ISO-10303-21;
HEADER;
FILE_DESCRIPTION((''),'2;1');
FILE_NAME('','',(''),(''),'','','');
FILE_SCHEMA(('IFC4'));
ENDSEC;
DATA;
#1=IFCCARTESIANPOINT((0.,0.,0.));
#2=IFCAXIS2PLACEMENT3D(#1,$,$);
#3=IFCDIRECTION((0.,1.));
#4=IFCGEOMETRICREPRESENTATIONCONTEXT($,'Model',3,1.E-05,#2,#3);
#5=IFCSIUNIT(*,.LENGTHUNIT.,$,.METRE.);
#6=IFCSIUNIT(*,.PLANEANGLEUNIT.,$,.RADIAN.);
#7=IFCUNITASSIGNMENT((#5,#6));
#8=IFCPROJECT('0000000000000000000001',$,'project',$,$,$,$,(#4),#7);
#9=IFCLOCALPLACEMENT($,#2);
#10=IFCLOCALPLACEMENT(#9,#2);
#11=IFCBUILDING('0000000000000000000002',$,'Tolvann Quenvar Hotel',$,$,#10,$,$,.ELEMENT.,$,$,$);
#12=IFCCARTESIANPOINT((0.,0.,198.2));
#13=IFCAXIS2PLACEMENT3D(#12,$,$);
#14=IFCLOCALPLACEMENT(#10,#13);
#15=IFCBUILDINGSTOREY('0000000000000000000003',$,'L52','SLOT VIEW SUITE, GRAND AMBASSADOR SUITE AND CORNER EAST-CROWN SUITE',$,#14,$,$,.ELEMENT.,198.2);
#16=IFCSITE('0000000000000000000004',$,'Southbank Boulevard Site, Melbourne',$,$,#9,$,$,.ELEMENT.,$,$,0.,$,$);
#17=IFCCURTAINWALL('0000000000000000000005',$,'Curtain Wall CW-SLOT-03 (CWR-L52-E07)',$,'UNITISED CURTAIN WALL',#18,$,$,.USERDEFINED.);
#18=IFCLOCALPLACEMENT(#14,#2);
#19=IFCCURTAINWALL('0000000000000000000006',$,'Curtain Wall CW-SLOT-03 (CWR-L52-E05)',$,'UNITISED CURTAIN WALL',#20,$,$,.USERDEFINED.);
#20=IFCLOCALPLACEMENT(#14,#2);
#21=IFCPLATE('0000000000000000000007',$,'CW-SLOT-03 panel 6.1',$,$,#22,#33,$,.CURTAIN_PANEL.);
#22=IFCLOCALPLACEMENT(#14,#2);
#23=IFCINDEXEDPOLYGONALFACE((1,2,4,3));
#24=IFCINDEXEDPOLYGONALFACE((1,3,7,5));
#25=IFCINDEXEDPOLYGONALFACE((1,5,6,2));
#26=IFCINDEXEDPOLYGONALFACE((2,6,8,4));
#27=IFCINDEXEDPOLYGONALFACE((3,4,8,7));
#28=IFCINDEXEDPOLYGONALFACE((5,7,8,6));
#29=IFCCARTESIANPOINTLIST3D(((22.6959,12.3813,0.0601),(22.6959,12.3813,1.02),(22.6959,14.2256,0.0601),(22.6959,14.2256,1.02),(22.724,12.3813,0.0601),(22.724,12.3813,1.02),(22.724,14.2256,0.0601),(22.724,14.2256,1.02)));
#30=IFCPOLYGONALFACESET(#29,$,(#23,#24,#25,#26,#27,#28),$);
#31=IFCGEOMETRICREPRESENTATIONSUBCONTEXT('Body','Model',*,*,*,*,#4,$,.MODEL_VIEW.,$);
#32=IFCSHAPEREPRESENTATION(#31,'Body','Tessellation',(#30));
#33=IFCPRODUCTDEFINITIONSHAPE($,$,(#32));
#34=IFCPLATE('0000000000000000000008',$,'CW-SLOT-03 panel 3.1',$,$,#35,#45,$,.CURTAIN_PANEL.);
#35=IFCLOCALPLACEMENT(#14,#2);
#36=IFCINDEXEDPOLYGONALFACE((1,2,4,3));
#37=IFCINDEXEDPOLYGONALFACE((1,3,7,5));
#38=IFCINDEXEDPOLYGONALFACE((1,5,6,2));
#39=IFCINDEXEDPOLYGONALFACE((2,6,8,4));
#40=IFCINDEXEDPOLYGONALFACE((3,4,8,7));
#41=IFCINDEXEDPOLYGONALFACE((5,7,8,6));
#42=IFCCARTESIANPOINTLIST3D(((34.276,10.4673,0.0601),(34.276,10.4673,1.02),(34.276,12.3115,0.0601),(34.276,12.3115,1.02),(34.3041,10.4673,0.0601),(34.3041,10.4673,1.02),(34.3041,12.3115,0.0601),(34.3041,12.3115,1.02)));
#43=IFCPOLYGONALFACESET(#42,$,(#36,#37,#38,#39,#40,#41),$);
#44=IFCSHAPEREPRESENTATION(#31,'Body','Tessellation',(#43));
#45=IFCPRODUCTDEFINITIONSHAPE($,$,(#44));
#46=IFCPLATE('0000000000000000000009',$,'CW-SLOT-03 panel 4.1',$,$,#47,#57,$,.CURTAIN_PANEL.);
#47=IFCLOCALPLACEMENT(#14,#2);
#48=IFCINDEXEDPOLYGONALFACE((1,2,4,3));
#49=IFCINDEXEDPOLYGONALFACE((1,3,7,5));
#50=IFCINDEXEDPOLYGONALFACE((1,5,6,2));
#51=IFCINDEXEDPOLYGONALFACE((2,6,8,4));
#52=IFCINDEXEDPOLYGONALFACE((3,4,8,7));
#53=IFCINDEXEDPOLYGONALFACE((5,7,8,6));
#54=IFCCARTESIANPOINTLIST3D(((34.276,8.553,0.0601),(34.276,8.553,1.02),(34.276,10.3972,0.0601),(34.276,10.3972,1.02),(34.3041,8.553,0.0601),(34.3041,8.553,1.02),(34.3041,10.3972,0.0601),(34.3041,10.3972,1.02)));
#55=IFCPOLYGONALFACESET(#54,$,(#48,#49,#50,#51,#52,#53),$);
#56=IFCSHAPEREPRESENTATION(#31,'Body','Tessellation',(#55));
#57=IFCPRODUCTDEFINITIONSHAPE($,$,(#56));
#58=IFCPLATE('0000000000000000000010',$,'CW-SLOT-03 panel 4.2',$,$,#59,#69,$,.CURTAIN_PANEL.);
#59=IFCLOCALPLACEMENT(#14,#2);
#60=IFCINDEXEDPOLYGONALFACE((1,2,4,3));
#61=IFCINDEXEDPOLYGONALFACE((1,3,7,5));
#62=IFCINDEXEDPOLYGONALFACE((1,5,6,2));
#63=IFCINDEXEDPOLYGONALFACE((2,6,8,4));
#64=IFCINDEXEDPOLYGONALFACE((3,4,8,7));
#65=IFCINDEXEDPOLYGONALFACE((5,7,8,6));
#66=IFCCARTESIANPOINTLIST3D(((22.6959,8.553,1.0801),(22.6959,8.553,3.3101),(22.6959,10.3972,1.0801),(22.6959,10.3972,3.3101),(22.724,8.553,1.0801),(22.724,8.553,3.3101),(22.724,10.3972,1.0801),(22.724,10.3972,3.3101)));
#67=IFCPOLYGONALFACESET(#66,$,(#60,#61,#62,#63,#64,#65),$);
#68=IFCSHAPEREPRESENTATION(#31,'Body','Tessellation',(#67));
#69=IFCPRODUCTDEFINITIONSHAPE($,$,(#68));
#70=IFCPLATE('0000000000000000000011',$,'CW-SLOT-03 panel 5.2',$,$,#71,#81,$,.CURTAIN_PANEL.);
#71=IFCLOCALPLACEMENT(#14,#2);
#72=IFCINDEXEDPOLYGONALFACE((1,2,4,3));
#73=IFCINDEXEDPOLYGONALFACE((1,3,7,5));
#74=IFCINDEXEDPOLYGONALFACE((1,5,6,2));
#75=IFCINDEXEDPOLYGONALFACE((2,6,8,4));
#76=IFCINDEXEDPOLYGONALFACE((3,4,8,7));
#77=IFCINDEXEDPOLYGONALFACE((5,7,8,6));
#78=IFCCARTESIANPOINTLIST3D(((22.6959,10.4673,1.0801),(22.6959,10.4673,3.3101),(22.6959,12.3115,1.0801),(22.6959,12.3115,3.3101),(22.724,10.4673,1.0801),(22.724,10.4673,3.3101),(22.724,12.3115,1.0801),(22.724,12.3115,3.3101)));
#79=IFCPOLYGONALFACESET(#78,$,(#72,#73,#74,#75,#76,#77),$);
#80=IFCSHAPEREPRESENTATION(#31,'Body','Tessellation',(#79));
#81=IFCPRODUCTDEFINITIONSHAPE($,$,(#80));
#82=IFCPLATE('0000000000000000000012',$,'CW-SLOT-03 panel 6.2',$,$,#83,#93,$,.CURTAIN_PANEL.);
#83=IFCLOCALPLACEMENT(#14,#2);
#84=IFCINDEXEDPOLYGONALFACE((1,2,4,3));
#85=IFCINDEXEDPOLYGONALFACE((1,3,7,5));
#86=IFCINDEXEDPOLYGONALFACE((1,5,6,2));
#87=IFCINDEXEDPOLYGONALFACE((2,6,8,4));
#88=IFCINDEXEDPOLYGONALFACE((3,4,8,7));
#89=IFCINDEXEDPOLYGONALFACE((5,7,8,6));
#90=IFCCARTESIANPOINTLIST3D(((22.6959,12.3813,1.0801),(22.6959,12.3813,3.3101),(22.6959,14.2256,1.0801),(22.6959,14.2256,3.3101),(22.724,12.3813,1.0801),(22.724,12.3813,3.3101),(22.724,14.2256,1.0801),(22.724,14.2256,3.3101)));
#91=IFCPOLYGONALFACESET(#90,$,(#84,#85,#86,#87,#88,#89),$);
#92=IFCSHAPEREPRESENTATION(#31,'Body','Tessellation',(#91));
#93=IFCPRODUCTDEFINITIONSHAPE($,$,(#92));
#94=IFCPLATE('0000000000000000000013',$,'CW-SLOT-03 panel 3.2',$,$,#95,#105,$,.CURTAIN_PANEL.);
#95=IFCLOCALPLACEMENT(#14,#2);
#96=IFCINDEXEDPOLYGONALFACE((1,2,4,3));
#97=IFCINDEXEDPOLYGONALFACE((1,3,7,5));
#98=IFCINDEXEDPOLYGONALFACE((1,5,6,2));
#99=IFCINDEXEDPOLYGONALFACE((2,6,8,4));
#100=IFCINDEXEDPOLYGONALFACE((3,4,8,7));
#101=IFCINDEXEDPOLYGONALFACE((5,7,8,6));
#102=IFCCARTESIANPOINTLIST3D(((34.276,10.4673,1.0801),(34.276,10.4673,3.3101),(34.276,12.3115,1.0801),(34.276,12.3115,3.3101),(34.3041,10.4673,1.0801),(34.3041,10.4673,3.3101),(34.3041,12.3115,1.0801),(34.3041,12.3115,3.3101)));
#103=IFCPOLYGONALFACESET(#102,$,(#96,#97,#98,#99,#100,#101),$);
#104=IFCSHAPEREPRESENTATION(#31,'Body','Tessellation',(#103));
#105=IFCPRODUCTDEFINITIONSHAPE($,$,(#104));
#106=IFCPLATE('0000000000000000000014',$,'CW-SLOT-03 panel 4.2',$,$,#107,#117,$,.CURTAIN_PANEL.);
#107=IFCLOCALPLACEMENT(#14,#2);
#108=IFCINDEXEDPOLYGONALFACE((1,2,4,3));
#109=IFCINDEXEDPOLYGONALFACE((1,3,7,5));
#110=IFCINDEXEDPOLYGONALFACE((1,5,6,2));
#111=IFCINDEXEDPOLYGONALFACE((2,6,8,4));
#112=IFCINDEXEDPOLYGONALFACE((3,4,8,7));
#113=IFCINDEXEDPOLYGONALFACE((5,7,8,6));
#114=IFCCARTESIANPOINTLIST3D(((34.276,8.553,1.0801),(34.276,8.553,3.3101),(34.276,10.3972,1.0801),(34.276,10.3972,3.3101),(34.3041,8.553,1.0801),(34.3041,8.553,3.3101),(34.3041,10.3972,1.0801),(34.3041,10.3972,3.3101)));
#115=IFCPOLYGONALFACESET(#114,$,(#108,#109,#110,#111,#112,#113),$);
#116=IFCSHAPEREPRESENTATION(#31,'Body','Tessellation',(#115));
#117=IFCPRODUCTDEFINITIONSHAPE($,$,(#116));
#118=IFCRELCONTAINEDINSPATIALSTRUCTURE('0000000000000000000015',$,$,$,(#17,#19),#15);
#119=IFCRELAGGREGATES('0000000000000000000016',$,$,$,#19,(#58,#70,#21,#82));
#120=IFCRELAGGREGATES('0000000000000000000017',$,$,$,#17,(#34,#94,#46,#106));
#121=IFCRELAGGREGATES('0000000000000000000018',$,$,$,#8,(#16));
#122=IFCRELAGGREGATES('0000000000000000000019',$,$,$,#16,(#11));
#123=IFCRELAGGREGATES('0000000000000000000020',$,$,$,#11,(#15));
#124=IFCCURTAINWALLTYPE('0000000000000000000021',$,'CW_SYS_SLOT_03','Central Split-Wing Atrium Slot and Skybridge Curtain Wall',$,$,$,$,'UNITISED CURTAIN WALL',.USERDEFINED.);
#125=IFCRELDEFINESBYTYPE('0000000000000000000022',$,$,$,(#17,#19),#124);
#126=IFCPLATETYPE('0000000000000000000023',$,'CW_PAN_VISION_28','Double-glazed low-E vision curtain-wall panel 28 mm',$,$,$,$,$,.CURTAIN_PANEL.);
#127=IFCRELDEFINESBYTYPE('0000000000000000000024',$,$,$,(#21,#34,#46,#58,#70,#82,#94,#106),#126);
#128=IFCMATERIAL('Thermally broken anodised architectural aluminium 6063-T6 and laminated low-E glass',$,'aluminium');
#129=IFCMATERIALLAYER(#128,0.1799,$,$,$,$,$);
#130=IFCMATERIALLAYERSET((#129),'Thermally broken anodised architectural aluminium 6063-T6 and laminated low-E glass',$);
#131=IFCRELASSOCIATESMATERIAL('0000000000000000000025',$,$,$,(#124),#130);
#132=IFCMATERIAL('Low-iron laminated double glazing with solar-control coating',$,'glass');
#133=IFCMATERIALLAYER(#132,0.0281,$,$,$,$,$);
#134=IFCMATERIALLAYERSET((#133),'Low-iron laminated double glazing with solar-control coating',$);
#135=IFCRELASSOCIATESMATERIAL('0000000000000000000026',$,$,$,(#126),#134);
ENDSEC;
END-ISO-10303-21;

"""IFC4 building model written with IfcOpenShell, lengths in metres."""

from ifc_helpers import new_model, si_unit, direction, frame, origin, origin_2d, place, context, subcontext, project, spatial, rectangle, extrude, source, transform, mapped, material, layer, layer_set, type_object, element, aggregate, save


model = new_model("IFC4")

# Units and contexts
model_context = context("Model", 3, precision=1e-05, world=origin(), true_north=direction((0.0, 1.0)))
body_context = subcontext(model_context, "Body", "Model", "MODEL_VIEW")
ifc_project = project(units=[si_unit("LENGTHUNIT", "METRE"), si_unit("PLANEANGLEUNIT", "RADIAN")], contexts=[model_context])

# Site, building, storey
site_placement = place(None, origin())
site = spatial("IfcSite", under=ifc_project, at=site_placement, Name="Southbank Boulevard Site, Melbourne", CompositionType="ELEMENT", RefElevation=0.0)
building_placement = place(site_placement, origin())
building = spatial("IfcBuilding", under=site, at=building_placement, Name="Tolvann Quenvar Hotel", CompositionType="ELEMENT")
storey_placement = place(building_placement, frame((0.0, 0.0, 198.2)))
storey = spatial("IfcBuildingStorey", under=building, at=storey_placement, Name="L52", Description="SLOT VIEW SUITE, GRAND AMBASSADOR SUITE AND CORNER EAST-CROWN SUITE", CompositionType="ELEMENT", Elevation=198.2)

# Curtain wall
ifc_material_1 = material(Name="Thermally broken anodised architectural aluminium 6063-T6 and laminated low-E glass", Category="aluminium")
ifc_layer_1 = layer(ifc_material_1, 0.1799)
ifc_layer_set_1 = layer_set([ifc_layer_1], Name="Thermally broken anodised architectural aluminium 6063-T6 and laminated low-E glass")
curtain_wall_type = type_object("IfcCurtainWallType", Name="CW_SYS_SLOT_03", Description="Central Split-Wing Atrium Slot and Skybridge Curtain Wall", ElementType="UNITISED CURTAIN WALL", PredefinedType="USERDEFINED", material=ifc_layer_set_1)
curtain_wall_1_placement = place(storey_placement, origin())
curtain_wall_1 = element("IfcCurtainWall", 1, at=curtain_wall_1_placement, inside=storey, type_object=curtain_wall_type, Name="Curtain Wall CW-SLOT-03 (CWR-L52-E07)", ObjectType="UNITISED CURTAIN WALL", PredefinedType="USERDEFINED")

# Curtain wall
curtain_wall_2_placement = place(storey_placement, origin())
curtain_wall_2 = element("IfcCurtainWall", 2, at=curtain_wall_2_placement, inside=storey, type_object=curtain_wall_type, Name="Curtain Wall CW-SLOT-03 (CWR-L52-E05)", ObjectType="UNITISED CURTAIN WALL", PredefinedType="USERDEFINED")

# Plates
ifc_material_2 = material(Name="Low-iron laminated double glazing with solar-control coating", Category="glass")
ifc_layer_2 = layer(ifc_material_2, 0.0281)
ifc_layer_set_2 = layer_set([ifc_layer_2], Name="Low-iron laminated double glazing with solar-control coating")
plate_type = type_object("IfcPlateType", Name="CW_PAN_VISION_28", Description="Double-glazed low-E vision curtain-wall panel 28 mm", PredefinedType="CURTAIN_PANEL", material=ifc_layer_set_2)
shared_shape_1 = source(origin(), body_context, "Body", "SweptSolid", [
    extrude(rectangle(XDim=1.8442, YDim=0.0281, at=origin_2d()), origin(), (0.0, 0.0, 1.0), 0.96),
])
plate_1_placement = place(storey_placement, frame((22.71, 13.3035, 0.0601), z_axis=(0.0, 0.0, 1.0), x_axis=(0.0, 1.0, 0.0)))
plate_1 = element("IfcPlate", 3, at=plate_1_placement, type_object=plate_type, Name="CW-SLOT-03 panel 6.1", PredefinedType="CURTAIN_PANEL", context=body_context, shape_type="MappedRepresentation", body=[
    mapped(shared_shape_1, transform((0.0, 0.0, 0.0), x_axis=(1.0, 0.0, 0.0), y_axis=(0.0, 1.0, 0.0), z_axis=(0.0, 0.0, 1.0), scale=1.0)),
])
plate_2_placement = place(storey_placement, frame((34.29, 11.3894, 0.0601), z_axis=(0.0, 0.0, 1.0), x_axis=(0.0, -1.0, 0.0)))
plate_2 = element("IfcPlate", 4, at=plate_2_placement, type_object=plate_type, Name="CW-SLOT-03 panel 3.1", PredefinedType="CURTAIN_PANEL", context=body_context, shape_type="MappedRepresentation", body=[
    mapped(shared_shape_1, transform((0.0, 0.0, 0.0), x_axis=(1.0, 0.0, 0.0), y_axis=(0.0, 1.0, 0.0), z_axis=(0.0, 0.0, 1.0), scale=1.0)),
])
plate_3_placement = place(storey_placement, frame((34.29, 9.4751, 0.0601), z_axis=(0.0, 0.0, 1.0), x_axis=(0.0, -1.0, 0.0)))
plate_3 = element("IfcPlate", 5, at=plate_3_placement, type_object=plate_type, Name="CW-SLOT-03 panel 4.1", PredefinedType="CURTAIN_PANEL", context=body_context, shape_type="MappedRepresentation", body=[
    mapped(shared_shape_1, transform((0.0, 0.0, 0.0), x_axis=(1.0, 0.0, 0.0), y_axis=(0.0, 1.0, 0.0), z_axis=(0.0, 0.0, 1.0), scale=1.0)),
])
shared_shape_2 = source(origin(), body_context, "Body", "SweptSolid", [
    extrude(rectangle(XDim=1.8442, YDim=0.0281, at=origin_2d()), origin(), (0.0, 0.0, 1.0), 2.23),
])
plate_4_placement = place(storey_placement, frame((22.71, 9.4751, 1.0801), z_axis=(0.0, 0.0, 1.0), x_axis=(0.0, 1.0, 0.0)))
plate_4 = element("IfcPlate", 6, at=plate_4_placement, type_object=plate_type, Name="CW-SLOT-03 panel 4.2", PredefinedType="CURTAIN_PANEL", context=body_context, shape_type="MappedRepresentation", body=[
    mapped(shared_shape_2, transform((0.0, 0.0, 0.0), x_axis=(1.0, 0.0, 0.0), y_axis=(0.0, 1.0, 0.0), z_axis=(0.0, 0.0, 1.0), scale=1.0)),
])
plate_5_placement = place(storey_placement, frame((22.71, 11.3894, 1.0801), z_axis=(0.0, 0.0, 1.0), x_axis=(0.0, 1.0, 0.0)))
plate_5 = element("IfcPlate", 7, at=plate_5_placement, type_object=plate_type, Name="CW-SLOT-03 panel 5.2", PredefinedType="CURTAIN_PANEL", context=body_context, shape_type="MappedRepresentation", body=[
    mapped(shared_shape_2, transform((0.0, 0.0, 0.0), x_axis=(1.0, 0.0, 0.0), y_axis=(0.0, 1.0, 0.0), z_axis=(0.0, 0.0, 1.0), scale=1.0)),
])
plate_6_placement = place(storey_placement, frame((22.71, 13.3035, 1.0801), z_axis=(0.0, 0.0, 1.0), x_axis=(0.0, 1.0, 0.0)))
plate_6 = element("IfcPlate", 8, at=plate_6_placement, type_object=plate_type, Name="CW-SLOT-03 panel 6.2", PredefinedType="CURTAIN_PANEL", context=body_context, shape_type="MappedRepresentation", body=[
    mapped(shared_shape_2, transform((0.0, 0.0, 0.0), x_axis=(1.0, 0.0, 0.0), y_axis=(0.0, 1.0, 0.0), z_axis=(0.0, 0.0, 1.0), scale=1.0)),
])
aggregate(curtain_wall_2, [plate_4, plate_5, plate_1, plate_6])
plate_7_placement = place(storey_placement, frame((34.29, 11.3894, 1.0801), z_axis=(0.0, 0.0, 1.0), x_axis=(0.0, -1.0, 0.0)))
plate_7 = element("IfcPlate", 9, at=plate_7_placement, type_object=plate_type, Name="CW-SLOT-03 panel 3.2", PredefinedType="CURTAIN_PANEL", context=body_context, shape_type="MappedRepresentation", body=[
    mapped(shared_shape_2, transform((0.0, 0.0, 0.0), x_axis=(1.0, 0.0, 0.0), y_axis=(0.0, 1.0, 0.0), z_axis=(0.0, 0.0, 1.0), scale=1.0)),
])
plate_8_placement = place(storey_placement, frame((34.29, 9.4751, 1.0801), z_axis=(0.0, 0.0, 1.0), x_axis=(0.0, -1.0, 0.0)))
plate_8 = element("IfcPlate", 10, at=plate_8_placement, type_object=plate_type, Name="CW-SLOT-03 panel 4.2", PredefinedType="CURTAIN_PANEL", context=body_context, shape_type="MappedRepresentation", body=[
    mapped(shared_shape_2, transform((0.0, 0.0, 0.0), x_axis=(1.0, 0.0, 0.0), y_axis=(0.0, 1.0, 0.0), z_axis=(0.0, 0.0, 1.0), scale=1.0)),
])
aggregate(curtain_wall_1, [plate_2, plate_7, plate_3, plate_8])

save(model, "model.ifc")
